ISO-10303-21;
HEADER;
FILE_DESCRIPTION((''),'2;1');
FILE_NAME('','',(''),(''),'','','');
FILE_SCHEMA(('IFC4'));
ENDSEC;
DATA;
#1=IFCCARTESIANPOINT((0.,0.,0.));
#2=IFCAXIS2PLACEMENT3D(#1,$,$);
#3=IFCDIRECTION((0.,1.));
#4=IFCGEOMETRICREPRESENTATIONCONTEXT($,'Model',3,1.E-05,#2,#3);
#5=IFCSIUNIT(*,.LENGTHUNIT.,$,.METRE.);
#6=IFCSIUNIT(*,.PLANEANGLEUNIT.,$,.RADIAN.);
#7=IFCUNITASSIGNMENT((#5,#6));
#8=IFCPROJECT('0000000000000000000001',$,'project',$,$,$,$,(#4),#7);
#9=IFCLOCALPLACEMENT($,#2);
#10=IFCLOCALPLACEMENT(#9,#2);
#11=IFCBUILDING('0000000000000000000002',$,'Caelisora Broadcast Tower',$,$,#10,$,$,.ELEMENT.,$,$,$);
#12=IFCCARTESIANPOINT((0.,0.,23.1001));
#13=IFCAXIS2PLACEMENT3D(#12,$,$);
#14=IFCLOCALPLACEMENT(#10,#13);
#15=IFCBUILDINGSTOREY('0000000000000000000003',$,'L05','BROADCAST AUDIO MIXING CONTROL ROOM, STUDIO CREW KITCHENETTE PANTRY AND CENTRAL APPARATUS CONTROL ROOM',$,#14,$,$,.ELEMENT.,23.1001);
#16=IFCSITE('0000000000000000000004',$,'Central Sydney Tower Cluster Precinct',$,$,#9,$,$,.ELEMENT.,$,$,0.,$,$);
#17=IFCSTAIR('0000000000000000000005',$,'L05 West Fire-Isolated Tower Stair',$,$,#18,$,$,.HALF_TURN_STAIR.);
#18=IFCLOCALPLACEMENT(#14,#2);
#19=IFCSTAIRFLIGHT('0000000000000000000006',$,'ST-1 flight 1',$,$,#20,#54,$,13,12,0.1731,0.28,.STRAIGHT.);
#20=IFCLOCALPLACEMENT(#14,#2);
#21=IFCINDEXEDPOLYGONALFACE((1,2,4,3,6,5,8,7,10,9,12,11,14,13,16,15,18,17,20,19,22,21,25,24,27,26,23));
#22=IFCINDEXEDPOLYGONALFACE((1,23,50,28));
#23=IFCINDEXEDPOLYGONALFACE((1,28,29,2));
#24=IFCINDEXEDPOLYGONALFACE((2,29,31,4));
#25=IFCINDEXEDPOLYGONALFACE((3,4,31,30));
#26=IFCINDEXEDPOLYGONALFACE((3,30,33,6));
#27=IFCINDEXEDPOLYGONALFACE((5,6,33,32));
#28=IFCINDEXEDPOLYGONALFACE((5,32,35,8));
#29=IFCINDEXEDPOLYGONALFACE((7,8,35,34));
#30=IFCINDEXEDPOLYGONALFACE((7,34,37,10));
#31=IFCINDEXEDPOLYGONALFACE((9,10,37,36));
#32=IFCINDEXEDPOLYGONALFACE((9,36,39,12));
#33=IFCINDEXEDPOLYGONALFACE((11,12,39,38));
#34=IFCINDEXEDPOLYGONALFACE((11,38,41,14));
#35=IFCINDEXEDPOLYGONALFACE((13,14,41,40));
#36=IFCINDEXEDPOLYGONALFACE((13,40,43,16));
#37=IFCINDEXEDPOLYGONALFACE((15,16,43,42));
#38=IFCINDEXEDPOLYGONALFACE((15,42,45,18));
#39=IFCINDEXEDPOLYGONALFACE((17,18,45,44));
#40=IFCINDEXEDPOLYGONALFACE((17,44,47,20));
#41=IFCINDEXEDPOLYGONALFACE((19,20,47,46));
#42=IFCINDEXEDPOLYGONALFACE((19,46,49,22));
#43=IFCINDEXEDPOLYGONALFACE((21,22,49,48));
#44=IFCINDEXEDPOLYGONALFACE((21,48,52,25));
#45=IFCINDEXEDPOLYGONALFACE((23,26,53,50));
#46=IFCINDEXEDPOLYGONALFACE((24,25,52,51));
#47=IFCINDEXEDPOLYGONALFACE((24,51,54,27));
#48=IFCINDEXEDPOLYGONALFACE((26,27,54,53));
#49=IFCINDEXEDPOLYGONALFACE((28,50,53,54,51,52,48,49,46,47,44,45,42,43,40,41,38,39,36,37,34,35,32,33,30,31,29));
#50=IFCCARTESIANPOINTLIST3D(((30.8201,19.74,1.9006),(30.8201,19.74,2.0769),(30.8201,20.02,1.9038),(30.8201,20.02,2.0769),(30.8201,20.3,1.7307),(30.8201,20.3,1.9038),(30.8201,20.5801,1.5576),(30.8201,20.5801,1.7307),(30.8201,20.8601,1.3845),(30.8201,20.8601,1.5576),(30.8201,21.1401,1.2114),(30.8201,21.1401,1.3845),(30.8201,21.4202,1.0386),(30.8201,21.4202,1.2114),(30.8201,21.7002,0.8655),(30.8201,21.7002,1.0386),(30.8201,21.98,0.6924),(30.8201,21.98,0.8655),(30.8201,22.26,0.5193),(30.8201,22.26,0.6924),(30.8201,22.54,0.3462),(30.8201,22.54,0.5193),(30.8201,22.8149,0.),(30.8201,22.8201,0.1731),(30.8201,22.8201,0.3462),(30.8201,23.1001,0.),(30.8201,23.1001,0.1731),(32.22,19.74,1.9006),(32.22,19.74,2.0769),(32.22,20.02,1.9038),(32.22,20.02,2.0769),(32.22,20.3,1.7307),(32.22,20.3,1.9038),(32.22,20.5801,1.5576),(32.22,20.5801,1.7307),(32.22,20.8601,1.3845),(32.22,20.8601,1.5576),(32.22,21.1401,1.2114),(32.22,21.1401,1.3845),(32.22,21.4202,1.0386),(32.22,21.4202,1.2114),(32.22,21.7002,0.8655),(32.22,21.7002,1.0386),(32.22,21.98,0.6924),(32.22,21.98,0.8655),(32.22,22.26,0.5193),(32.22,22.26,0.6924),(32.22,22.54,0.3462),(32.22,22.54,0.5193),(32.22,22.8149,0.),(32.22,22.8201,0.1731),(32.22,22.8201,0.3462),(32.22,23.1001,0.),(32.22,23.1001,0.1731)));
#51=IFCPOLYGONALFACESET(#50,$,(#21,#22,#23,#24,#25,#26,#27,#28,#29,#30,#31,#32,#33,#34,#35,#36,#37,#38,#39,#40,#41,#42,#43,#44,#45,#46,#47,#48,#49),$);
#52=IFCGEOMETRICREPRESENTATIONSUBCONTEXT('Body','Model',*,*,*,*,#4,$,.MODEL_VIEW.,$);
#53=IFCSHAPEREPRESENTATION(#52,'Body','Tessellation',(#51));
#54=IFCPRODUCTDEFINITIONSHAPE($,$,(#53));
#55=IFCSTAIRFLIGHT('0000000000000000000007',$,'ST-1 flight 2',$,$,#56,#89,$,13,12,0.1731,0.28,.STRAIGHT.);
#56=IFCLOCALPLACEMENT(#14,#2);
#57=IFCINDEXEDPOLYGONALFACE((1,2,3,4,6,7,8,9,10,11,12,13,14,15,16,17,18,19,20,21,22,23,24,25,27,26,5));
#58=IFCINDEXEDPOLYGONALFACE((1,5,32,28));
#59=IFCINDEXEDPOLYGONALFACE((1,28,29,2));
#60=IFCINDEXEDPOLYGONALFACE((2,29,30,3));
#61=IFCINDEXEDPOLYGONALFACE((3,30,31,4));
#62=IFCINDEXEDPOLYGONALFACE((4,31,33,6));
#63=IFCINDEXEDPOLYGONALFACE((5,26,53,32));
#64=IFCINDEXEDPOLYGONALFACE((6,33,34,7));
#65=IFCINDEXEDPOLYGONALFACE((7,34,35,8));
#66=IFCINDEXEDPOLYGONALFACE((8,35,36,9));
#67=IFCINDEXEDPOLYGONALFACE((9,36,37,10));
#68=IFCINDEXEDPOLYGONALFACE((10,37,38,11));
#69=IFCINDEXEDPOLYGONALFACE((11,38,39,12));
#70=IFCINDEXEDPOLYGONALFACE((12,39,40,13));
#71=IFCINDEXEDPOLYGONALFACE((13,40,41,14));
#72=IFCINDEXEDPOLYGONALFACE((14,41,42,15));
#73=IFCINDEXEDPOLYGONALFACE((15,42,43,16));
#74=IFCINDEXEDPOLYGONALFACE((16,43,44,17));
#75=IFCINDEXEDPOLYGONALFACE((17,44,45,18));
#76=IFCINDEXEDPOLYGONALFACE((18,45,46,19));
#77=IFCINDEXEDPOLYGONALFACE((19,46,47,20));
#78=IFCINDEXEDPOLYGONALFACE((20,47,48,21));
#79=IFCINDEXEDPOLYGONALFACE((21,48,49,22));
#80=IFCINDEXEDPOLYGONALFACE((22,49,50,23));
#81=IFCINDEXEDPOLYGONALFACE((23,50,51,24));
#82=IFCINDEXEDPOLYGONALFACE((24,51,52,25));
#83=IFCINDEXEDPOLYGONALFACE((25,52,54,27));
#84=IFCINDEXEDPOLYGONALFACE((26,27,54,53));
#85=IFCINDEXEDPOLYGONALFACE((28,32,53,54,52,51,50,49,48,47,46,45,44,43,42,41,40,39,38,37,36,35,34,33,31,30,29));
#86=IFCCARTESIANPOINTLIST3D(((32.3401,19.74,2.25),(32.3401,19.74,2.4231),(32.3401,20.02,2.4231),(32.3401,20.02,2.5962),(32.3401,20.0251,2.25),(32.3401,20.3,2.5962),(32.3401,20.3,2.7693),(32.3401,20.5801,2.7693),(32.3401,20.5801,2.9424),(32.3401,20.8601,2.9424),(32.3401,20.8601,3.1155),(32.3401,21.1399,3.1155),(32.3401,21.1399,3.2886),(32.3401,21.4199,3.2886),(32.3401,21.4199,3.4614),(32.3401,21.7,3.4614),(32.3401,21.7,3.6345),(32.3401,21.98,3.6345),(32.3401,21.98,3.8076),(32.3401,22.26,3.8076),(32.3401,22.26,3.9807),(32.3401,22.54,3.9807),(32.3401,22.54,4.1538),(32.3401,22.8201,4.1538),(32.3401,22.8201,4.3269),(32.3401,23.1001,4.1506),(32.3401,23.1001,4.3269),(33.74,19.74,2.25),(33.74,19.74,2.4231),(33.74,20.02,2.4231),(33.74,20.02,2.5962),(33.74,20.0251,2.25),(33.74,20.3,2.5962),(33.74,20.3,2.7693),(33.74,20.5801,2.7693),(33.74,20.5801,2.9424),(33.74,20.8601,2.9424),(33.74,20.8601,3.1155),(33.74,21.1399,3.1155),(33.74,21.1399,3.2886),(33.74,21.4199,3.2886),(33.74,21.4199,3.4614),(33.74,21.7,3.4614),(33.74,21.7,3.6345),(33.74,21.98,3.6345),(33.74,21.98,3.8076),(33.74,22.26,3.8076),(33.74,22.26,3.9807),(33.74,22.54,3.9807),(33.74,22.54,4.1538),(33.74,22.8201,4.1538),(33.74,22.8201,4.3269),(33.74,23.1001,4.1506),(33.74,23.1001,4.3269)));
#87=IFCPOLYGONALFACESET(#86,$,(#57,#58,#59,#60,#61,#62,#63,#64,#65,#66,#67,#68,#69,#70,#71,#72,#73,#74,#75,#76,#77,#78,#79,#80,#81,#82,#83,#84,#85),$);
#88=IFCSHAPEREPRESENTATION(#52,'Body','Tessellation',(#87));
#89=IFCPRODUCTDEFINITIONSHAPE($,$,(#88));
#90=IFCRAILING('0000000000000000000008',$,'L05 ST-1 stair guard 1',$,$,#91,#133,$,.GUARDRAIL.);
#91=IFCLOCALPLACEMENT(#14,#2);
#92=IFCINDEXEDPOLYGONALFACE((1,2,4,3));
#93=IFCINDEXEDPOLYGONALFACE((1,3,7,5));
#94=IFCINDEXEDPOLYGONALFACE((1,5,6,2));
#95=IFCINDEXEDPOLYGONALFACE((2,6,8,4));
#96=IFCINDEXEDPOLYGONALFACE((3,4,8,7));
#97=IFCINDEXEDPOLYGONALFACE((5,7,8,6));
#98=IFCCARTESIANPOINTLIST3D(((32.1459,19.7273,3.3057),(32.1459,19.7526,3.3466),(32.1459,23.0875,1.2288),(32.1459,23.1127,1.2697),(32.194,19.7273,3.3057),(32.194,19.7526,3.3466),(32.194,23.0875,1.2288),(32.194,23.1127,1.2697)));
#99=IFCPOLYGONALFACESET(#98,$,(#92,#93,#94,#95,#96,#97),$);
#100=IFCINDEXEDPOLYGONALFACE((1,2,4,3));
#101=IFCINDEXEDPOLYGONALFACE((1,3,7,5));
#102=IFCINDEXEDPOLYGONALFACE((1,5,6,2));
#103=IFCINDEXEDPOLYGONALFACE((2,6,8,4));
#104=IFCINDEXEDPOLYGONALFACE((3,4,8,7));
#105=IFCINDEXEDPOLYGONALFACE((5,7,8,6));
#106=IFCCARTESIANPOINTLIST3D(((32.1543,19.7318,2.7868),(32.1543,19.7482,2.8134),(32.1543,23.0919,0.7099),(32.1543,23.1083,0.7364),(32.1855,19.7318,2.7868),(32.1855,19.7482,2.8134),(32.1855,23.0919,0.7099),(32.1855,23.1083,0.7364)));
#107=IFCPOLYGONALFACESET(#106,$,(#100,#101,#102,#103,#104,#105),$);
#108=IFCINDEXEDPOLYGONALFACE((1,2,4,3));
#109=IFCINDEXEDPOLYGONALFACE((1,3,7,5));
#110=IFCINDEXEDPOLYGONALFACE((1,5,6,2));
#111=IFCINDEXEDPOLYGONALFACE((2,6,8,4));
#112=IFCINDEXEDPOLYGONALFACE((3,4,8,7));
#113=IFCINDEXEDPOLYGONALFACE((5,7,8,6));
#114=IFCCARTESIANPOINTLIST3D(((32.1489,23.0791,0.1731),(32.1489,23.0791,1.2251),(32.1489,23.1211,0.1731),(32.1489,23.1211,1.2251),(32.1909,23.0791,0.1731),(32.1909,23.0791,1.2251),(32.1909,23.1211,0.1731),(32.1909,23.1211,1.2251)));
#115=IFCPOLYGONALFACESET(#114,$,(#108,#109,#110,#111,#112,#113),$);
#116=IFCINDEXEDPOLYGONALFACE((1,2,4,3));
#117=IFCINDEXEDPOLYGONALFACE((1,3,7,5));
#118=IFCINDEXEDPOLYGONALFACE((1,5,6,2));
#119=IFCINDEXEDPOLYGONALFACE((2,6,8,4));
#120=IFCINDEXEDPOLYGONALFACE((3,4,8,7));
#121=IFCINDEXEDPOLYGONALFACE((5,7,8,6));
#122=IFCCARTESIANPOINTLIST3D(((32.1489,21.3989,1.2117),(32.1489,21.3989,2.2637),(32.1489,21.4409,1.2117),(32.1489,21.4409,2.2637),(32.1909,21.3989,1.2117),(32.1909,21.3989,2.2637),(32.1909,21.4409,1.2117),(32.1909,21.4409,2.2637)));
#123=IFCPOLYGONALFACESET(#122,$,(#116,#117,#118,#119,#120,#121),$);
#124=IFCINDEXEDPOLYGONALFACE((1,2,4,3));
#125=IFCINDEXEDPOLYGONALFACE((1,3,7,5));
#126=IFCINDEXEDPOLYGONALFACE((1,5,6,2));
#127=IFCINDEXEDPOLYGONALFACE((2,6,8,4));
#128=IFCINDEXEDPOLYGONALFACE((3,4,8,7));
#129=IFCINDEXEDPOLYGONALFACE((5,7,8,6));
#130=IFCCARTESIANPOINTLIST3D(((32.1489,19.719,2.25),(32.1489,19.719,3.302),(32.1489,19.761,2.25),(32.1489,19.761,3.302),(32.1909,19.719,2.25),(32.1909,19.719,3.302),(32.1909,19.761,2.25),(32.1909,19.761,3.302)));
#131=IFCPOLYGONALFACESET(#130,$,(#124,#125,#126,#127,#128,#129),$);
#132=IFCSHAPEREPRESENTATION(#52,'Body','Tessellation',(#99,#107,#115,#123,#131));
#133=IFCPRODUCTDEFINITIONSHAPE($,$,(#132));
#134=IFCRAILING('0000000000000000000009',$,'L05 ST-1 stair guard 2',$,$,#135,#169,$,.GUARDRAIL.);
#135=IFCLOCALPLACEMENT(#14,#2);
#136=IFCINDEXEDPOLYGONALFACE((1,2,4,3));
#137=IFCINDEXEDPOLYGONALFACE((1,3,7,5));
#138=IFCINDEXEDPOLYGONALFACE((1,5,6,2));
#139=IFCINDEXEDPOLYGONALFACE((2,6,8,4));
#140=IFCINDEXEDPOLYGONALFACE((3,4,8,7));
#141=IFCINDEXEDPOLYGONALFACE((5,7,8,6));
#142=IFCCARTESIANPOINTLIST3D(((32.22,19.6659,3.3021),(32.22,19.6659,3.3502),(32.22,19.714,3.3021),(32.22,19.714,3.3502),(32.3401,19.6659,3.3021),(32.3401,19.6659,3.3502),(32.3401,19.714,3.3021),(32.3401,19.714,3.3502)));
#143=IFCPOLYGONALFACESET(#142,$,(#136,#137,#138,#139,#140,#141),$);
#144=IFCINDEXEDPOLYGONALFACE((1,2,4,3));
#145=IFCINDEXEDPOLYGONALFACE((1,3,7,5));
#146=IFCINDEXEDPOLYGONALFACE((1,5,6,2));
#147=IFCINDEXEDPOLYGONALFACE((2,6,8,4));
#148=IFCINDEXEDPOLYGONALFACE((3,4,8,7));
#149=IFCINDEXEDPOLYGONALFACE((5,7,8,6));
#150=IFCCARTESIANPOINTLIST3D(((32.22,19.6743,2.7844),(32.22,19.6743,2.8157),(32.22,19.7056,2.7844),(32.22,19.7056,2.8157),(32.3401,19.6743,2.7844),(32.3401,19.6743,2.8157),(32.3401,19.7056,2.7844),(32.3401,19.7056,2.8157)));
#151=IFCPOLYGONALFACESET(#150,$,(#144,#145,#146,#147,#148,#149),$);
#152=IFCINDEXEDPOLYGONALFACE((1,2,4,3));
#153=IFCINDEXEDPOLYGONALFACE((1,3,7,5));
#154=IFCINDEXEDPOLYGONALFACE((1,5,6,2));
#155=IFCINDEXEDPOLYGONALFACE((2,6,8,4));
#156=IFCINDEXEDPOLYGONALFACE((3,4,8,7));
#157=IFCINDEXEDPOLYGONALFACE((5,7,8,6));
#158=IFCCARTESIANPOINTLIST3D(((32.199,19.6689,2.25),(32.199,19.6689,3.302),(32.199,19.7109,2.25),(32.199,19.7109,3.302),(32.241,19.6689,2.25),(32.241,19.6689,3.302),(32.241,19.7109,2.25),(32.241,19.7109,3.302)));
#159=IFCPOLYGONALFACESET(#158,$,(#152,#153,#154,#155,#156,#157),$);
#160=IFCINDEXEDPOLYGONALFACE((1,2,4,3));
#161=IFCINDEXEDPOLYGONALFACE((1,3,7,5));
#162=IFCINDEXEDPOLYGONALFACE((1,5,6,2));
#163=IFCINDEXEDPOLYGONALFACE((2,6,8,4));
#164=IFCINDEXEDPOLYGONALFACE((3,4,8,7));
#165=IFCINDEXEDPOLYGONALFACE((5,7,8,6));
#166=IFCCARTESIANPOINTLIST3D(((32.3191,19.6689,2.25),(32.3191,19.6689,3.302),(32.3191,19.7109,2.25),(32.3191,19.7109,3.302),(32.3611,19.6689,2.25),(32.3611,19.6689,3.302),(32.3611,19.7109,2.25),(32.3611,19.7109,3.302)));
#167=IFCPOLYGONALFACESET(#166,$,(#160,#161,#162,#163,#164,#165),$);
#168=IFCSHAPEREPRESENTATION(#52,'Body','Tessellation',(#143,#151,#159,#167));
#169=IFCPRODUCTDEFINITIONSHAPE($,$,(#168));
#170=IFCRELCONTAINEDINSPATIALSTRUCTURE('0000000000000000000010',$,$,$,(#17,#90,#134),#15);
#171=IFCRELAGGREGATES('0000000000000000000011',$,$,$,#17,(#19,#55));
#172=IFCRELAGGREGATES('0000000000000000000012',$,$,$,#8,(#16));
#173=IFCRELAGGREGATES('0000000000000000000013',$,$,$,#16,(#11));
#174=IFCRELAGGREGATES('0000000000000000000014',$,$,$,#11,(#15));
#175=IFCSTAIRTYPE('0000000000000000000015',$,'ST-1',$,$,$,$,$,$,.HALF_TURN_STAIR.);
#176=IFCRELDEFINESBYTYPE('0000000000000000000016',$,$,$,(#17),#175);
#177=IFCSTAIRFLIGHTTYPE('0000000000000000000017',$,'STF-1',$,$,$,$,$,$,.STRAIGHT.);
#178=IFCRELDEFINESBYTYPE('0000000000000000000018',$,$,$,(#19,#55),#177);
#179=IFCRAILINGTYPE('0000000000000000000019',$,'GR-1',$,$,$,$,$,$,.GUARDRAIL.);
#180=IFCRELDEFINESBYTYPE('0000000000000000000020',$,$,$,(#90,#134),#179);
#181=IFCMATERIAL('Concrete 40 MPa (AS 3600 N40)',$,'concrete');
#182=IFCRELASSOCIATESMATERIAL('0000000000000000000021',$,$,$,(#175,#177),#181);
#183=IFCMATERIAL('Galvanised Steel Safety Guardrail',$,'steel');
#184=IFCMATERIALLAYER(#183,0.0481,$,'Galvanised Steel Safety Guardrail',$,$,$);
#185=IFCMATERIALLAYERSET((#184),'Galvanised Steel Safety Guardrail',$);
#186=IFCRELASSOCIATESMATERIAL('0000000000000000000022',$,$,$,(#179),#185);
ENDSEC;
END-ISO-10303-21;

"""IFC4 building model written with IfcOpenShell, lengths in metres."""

from ifc_helpers import new_model, si_unit, direction, frame, origin, origin_2d, place, context, subcontext, project, spatial, polyline, rectangle, outline, extrude, material, layer, layer_set, type_object, element, aggregate, save


model = new_model("IFC4")

# Units and contexts
model_context = context("Model", 3, precision=1e-05, world=origin(), true_north=direction((0.0, 1.0)))
body_context = subcontext(model_context, "Body", "Model", "MODEL_VIEW")
ifc_project = project(units=[si_unit("LENGTHUNIT", "METRE"), si_unit("PLANEANGLEUNIT", "RADIAN")], contexts=[model_context])

# Site, building, storey
site_placement = place(None, origin())
site = spatial("IfcSite", under=ifc_project, at=site_placement, Name="Central Sydney Tower Cluster Precinct", CompositionType="ELEMENT", RefElevation=0.0)
building_placement = place(site_placement, origin())
building = spatial("IfcBuilding", under=site, at=building_placement, Name="Caelisora Broadcast Tower", CompositionType="ELEMENT")
storey_placement = place(building_placement, frame((0.0, 0.0, 23.1001)))
storey = spatial("IfcBuildingStorey", under=building, at=storey_placement, Name="L05", Description="BROADCAST AUDIO MIXING CONTROL ROOM, STUDIO CREW KITCHENETTE PANTRY AND CENTRAL APPARATUS CONTROL ROOM", CompositionType="ELEMENT", Elevation=23.1001)

# Stair, stair flights
ifc_material_1 = material(Name="Concrete 40 MPa (AS 3600 N40)", Category="concrete")
stair_type = type_object("IfcStairType", Name="ST-1", PredefinedType="HALF_TURN_STAIR", material=ifc_material_1)
stair_placement = place(storey_placement, origin())
stair = element("IfcStair", 1, at=stair_placement, inside=storey, type_object=stair_type, Name="L05 West Fire-Isolated Tower Stair", PredefinedType="HALF_TURN_STAIR")
stair_flight_type = type_object("IfcStairFlightType", Name="STF-1", PredefinedType="STRAIGHT", material=ifc_material_1)
stair_flight_1_placement = place(storey_placement, frame((31.52, 23.1001, 0.0), z_axis=(0.0, 0.0, 1.0), x_axis=(0.0, -1.0, 0.0)))
stair_flight_1 = element("IfcStairFlight", 2, at=stair_flight_1_placement, type_object=stair_flight_type, Name="ST-1 flight 1", NumberOfRisers=13, NumberOfTreads=12, PredefinedType="STRAIGHT", RiserHeight=0.1731, TreadLength=0.28, context=body_context, shape_type="SweptSolid", body=[
    extrude(outline(polyline([(0.0, 0.0), (0.0, 0.1731), (0.28, 0.1731), (0.28, 0.3462), (0.5601, 0.3462), (0.5601, 0.5193), (0.8401, 0.5193), (0.8401, 0.6924), (1.1201, 0.6924), (1.1201, 0.8655), (1.3999, 0.8655), (1.3999, 1.0386), (1.6799, 1.0386), (1.6799, 1.2114), (1.96, 1.2114), (1.96, 1.3845), (2.24, 1.3845), (2.24, 1.5576), (2.52, 1.5576), (2.52, 1.7307), (2.8, 1.7307), (2.8, 1.9038), (3.0801, 1.9038), (3.0801, 2.0769), (3.3601, 2.0769), (3.3601, 2.25), (3.3601, 1.9006), (0.2852, 0.0), (0.0, 0.0)])), frame((0.0, 0.7, 0.0), z_axis=(0.0, -1.0, 0.0), x_axis=(1.0, 0.0, 0.0)), (0.0, 0.0, 1.0), 1.3999),
])
stair_flight_2_placement = place(storey_placement, frame((33.04, 19.74, 2.25), z_axis=(0.0, 0.0, 1.0), x_axis=(0.0, 1.0, 0.0)))
stair_flight_2 = element("IfcStairFlight", 3, at=stair_flight_2_placement, type_object=stair_flight_type, Name="ST-1 flight 2", NumberOfRisers=13, NumberOfTreads=12, PredefinedType="STRAIGHT", RiserHeight=0.1731, TreadLength=0.28, context=body_context, shape_type="SweptSolid", body=[
    extrude(outline(polyline([(0.0, 0.0), (0.0, 0.1731), (0.28, 0.1731), (0.28, 0.3462), (0.5601, 0.3462), (0.5601, 0.5193), (0.8401, 0.5193), (0.8401, 0.6924), (1.1201, 0.6924), (1.1201, 0.8655), (1.3999, 0.8655), (1.3999, 1.0386), (1.6799, 1.0386), (1.6799, 1.2114), (1.96, 1.2114), (1.96, 1.3845), (2.24, 1.3845), (2.24, 1.5576), (2.52, 1.5576), (2.52, 1.7307), (2.8, 1.7307), (2.8, 1.9038), (3.0801, 1.9038), (3.0801, 2.0769), (3.3601, 2.0769), (3.3601, 2.25), (3.3601, 1.9006), (0.2852, 0.0), (0.0, 0.0)])), frame((0.0, 0.7, 0.0), z_axis=(0.0, -1.0, 0.0), x_axis=(1.0, 0.0, 0.0)), (0.0, 0.0, 1.0), 1.3999),
])
aggregate(stair, [stair_flight_1, stair_flight_2])

# Railings
ifc_material_2 = material(Name="Galvanised Steel Safety Guardrail", Category="steel")
ifc_layer_1 = layer(ifc_material_2, 0.0481, Name="Galvanised Steel Safety Guardrail")
ifc_layer_set_1 = layer_set([ifc_layer_1], Name="Galvanised Steel Safety Guardrail")
railing_type_1 = type_object("IfcRailingType", Name="GR-1", PredefinedType="GUARDRAIL", material=ifc_layer_set_1)
railing_1_placement = place(storey_placement, frame((32.1699, 23.1001, 0.1731)))
element("IfcRailing", 4, at=railing_1_placement, inside=storey, type_object=railing_type_1, Name="L05 ST-1 stair guard 1", PredefinedType="GUARDRAIL", context=body_context, shape_type="SweptSolid", body=[
    extrude(rectangle(XDim=0.0481, YDim=0.0481, at=origin_2d()), frame((0.0, 0.0, 1.0762), z_axis=(0.0, -0.850623, 0.525776), x_axis=(1.0, 0.0, 0.0)), (0.0, 0.0, 1.0), 3.9502),
    extrude(rectangle(XDim=0.0312, YDim=0.0312, at=origin_2d()), frame((0.0, 0.0, 0.55), z_axis=(0.0, -0.850623, 0.525776), x_axis=(1.0, 0.0, 0.0)), (0.0, 0.0, 1.0), 3.9502),
    extrude(rectangle(XDim=0.042, YDim=0.042, at=origin_2d()), origin(), (0.0, 0.0, 1.0), 1.052),
    extrude(rectangle(XDim=0.042, YDim=0.042, at=origin_2d()), frame((0.0, -1.6802, 1.0386)), (0.0, 0.0, 1.0), 1.052),
    extrude(rectangle(XDim=0.042, YDim=0.042, at=origin_2d()), frame((0.0, -3.3601, 2.0769)), (0.0, 0.0, 1.0), 1.052),
])
railing_2_placement = place(storey_placement, frame((32.22, 19.6899, 2.25)))
element("IfcRailing", 5, at=railing_2_placement, inside=storey, type_object=railing_type_1, Name="L05 ST-1 stair guard 2", PredefinedType="GUARDRAIL", context=body_context, shape_type="SweptSolid", body=[
    extrude(rectangle(XDim=0.0481, YDim=0.0481, at=origin_2d()), frame((0.0, 0.0, 1.0762), z_axis=(1.0, 0.0, 0.0), x_axis=(0.0, 1.0, 0.0)), (0.0, 0.0, 1.0), 0.1201),
    extrude(rectangle(XDim=0.0312, YDim=0.0312, at=origin_2d()), frame((0.0, 0.0, 0.55), z_axis=(1.0, 0.0, 0.0), x_axis=(0.0, 1.0, 0.0)), (0.0, 0.0, 1.0), 0.1201),
    extrude(rectangle(XDim=0.042, YDim=0.042, at=origin_2d()), origin(), (0.0, 0.0, 1.0), 1.052),
    extrude(rectangle(XDim=0.042, YDim=0.042, at=origin_2d()), frame((0.1201, 0.0, 0.0)), (0.0, 0.0, 1.0), 1.052),
])

save(model, "model.ifc")
